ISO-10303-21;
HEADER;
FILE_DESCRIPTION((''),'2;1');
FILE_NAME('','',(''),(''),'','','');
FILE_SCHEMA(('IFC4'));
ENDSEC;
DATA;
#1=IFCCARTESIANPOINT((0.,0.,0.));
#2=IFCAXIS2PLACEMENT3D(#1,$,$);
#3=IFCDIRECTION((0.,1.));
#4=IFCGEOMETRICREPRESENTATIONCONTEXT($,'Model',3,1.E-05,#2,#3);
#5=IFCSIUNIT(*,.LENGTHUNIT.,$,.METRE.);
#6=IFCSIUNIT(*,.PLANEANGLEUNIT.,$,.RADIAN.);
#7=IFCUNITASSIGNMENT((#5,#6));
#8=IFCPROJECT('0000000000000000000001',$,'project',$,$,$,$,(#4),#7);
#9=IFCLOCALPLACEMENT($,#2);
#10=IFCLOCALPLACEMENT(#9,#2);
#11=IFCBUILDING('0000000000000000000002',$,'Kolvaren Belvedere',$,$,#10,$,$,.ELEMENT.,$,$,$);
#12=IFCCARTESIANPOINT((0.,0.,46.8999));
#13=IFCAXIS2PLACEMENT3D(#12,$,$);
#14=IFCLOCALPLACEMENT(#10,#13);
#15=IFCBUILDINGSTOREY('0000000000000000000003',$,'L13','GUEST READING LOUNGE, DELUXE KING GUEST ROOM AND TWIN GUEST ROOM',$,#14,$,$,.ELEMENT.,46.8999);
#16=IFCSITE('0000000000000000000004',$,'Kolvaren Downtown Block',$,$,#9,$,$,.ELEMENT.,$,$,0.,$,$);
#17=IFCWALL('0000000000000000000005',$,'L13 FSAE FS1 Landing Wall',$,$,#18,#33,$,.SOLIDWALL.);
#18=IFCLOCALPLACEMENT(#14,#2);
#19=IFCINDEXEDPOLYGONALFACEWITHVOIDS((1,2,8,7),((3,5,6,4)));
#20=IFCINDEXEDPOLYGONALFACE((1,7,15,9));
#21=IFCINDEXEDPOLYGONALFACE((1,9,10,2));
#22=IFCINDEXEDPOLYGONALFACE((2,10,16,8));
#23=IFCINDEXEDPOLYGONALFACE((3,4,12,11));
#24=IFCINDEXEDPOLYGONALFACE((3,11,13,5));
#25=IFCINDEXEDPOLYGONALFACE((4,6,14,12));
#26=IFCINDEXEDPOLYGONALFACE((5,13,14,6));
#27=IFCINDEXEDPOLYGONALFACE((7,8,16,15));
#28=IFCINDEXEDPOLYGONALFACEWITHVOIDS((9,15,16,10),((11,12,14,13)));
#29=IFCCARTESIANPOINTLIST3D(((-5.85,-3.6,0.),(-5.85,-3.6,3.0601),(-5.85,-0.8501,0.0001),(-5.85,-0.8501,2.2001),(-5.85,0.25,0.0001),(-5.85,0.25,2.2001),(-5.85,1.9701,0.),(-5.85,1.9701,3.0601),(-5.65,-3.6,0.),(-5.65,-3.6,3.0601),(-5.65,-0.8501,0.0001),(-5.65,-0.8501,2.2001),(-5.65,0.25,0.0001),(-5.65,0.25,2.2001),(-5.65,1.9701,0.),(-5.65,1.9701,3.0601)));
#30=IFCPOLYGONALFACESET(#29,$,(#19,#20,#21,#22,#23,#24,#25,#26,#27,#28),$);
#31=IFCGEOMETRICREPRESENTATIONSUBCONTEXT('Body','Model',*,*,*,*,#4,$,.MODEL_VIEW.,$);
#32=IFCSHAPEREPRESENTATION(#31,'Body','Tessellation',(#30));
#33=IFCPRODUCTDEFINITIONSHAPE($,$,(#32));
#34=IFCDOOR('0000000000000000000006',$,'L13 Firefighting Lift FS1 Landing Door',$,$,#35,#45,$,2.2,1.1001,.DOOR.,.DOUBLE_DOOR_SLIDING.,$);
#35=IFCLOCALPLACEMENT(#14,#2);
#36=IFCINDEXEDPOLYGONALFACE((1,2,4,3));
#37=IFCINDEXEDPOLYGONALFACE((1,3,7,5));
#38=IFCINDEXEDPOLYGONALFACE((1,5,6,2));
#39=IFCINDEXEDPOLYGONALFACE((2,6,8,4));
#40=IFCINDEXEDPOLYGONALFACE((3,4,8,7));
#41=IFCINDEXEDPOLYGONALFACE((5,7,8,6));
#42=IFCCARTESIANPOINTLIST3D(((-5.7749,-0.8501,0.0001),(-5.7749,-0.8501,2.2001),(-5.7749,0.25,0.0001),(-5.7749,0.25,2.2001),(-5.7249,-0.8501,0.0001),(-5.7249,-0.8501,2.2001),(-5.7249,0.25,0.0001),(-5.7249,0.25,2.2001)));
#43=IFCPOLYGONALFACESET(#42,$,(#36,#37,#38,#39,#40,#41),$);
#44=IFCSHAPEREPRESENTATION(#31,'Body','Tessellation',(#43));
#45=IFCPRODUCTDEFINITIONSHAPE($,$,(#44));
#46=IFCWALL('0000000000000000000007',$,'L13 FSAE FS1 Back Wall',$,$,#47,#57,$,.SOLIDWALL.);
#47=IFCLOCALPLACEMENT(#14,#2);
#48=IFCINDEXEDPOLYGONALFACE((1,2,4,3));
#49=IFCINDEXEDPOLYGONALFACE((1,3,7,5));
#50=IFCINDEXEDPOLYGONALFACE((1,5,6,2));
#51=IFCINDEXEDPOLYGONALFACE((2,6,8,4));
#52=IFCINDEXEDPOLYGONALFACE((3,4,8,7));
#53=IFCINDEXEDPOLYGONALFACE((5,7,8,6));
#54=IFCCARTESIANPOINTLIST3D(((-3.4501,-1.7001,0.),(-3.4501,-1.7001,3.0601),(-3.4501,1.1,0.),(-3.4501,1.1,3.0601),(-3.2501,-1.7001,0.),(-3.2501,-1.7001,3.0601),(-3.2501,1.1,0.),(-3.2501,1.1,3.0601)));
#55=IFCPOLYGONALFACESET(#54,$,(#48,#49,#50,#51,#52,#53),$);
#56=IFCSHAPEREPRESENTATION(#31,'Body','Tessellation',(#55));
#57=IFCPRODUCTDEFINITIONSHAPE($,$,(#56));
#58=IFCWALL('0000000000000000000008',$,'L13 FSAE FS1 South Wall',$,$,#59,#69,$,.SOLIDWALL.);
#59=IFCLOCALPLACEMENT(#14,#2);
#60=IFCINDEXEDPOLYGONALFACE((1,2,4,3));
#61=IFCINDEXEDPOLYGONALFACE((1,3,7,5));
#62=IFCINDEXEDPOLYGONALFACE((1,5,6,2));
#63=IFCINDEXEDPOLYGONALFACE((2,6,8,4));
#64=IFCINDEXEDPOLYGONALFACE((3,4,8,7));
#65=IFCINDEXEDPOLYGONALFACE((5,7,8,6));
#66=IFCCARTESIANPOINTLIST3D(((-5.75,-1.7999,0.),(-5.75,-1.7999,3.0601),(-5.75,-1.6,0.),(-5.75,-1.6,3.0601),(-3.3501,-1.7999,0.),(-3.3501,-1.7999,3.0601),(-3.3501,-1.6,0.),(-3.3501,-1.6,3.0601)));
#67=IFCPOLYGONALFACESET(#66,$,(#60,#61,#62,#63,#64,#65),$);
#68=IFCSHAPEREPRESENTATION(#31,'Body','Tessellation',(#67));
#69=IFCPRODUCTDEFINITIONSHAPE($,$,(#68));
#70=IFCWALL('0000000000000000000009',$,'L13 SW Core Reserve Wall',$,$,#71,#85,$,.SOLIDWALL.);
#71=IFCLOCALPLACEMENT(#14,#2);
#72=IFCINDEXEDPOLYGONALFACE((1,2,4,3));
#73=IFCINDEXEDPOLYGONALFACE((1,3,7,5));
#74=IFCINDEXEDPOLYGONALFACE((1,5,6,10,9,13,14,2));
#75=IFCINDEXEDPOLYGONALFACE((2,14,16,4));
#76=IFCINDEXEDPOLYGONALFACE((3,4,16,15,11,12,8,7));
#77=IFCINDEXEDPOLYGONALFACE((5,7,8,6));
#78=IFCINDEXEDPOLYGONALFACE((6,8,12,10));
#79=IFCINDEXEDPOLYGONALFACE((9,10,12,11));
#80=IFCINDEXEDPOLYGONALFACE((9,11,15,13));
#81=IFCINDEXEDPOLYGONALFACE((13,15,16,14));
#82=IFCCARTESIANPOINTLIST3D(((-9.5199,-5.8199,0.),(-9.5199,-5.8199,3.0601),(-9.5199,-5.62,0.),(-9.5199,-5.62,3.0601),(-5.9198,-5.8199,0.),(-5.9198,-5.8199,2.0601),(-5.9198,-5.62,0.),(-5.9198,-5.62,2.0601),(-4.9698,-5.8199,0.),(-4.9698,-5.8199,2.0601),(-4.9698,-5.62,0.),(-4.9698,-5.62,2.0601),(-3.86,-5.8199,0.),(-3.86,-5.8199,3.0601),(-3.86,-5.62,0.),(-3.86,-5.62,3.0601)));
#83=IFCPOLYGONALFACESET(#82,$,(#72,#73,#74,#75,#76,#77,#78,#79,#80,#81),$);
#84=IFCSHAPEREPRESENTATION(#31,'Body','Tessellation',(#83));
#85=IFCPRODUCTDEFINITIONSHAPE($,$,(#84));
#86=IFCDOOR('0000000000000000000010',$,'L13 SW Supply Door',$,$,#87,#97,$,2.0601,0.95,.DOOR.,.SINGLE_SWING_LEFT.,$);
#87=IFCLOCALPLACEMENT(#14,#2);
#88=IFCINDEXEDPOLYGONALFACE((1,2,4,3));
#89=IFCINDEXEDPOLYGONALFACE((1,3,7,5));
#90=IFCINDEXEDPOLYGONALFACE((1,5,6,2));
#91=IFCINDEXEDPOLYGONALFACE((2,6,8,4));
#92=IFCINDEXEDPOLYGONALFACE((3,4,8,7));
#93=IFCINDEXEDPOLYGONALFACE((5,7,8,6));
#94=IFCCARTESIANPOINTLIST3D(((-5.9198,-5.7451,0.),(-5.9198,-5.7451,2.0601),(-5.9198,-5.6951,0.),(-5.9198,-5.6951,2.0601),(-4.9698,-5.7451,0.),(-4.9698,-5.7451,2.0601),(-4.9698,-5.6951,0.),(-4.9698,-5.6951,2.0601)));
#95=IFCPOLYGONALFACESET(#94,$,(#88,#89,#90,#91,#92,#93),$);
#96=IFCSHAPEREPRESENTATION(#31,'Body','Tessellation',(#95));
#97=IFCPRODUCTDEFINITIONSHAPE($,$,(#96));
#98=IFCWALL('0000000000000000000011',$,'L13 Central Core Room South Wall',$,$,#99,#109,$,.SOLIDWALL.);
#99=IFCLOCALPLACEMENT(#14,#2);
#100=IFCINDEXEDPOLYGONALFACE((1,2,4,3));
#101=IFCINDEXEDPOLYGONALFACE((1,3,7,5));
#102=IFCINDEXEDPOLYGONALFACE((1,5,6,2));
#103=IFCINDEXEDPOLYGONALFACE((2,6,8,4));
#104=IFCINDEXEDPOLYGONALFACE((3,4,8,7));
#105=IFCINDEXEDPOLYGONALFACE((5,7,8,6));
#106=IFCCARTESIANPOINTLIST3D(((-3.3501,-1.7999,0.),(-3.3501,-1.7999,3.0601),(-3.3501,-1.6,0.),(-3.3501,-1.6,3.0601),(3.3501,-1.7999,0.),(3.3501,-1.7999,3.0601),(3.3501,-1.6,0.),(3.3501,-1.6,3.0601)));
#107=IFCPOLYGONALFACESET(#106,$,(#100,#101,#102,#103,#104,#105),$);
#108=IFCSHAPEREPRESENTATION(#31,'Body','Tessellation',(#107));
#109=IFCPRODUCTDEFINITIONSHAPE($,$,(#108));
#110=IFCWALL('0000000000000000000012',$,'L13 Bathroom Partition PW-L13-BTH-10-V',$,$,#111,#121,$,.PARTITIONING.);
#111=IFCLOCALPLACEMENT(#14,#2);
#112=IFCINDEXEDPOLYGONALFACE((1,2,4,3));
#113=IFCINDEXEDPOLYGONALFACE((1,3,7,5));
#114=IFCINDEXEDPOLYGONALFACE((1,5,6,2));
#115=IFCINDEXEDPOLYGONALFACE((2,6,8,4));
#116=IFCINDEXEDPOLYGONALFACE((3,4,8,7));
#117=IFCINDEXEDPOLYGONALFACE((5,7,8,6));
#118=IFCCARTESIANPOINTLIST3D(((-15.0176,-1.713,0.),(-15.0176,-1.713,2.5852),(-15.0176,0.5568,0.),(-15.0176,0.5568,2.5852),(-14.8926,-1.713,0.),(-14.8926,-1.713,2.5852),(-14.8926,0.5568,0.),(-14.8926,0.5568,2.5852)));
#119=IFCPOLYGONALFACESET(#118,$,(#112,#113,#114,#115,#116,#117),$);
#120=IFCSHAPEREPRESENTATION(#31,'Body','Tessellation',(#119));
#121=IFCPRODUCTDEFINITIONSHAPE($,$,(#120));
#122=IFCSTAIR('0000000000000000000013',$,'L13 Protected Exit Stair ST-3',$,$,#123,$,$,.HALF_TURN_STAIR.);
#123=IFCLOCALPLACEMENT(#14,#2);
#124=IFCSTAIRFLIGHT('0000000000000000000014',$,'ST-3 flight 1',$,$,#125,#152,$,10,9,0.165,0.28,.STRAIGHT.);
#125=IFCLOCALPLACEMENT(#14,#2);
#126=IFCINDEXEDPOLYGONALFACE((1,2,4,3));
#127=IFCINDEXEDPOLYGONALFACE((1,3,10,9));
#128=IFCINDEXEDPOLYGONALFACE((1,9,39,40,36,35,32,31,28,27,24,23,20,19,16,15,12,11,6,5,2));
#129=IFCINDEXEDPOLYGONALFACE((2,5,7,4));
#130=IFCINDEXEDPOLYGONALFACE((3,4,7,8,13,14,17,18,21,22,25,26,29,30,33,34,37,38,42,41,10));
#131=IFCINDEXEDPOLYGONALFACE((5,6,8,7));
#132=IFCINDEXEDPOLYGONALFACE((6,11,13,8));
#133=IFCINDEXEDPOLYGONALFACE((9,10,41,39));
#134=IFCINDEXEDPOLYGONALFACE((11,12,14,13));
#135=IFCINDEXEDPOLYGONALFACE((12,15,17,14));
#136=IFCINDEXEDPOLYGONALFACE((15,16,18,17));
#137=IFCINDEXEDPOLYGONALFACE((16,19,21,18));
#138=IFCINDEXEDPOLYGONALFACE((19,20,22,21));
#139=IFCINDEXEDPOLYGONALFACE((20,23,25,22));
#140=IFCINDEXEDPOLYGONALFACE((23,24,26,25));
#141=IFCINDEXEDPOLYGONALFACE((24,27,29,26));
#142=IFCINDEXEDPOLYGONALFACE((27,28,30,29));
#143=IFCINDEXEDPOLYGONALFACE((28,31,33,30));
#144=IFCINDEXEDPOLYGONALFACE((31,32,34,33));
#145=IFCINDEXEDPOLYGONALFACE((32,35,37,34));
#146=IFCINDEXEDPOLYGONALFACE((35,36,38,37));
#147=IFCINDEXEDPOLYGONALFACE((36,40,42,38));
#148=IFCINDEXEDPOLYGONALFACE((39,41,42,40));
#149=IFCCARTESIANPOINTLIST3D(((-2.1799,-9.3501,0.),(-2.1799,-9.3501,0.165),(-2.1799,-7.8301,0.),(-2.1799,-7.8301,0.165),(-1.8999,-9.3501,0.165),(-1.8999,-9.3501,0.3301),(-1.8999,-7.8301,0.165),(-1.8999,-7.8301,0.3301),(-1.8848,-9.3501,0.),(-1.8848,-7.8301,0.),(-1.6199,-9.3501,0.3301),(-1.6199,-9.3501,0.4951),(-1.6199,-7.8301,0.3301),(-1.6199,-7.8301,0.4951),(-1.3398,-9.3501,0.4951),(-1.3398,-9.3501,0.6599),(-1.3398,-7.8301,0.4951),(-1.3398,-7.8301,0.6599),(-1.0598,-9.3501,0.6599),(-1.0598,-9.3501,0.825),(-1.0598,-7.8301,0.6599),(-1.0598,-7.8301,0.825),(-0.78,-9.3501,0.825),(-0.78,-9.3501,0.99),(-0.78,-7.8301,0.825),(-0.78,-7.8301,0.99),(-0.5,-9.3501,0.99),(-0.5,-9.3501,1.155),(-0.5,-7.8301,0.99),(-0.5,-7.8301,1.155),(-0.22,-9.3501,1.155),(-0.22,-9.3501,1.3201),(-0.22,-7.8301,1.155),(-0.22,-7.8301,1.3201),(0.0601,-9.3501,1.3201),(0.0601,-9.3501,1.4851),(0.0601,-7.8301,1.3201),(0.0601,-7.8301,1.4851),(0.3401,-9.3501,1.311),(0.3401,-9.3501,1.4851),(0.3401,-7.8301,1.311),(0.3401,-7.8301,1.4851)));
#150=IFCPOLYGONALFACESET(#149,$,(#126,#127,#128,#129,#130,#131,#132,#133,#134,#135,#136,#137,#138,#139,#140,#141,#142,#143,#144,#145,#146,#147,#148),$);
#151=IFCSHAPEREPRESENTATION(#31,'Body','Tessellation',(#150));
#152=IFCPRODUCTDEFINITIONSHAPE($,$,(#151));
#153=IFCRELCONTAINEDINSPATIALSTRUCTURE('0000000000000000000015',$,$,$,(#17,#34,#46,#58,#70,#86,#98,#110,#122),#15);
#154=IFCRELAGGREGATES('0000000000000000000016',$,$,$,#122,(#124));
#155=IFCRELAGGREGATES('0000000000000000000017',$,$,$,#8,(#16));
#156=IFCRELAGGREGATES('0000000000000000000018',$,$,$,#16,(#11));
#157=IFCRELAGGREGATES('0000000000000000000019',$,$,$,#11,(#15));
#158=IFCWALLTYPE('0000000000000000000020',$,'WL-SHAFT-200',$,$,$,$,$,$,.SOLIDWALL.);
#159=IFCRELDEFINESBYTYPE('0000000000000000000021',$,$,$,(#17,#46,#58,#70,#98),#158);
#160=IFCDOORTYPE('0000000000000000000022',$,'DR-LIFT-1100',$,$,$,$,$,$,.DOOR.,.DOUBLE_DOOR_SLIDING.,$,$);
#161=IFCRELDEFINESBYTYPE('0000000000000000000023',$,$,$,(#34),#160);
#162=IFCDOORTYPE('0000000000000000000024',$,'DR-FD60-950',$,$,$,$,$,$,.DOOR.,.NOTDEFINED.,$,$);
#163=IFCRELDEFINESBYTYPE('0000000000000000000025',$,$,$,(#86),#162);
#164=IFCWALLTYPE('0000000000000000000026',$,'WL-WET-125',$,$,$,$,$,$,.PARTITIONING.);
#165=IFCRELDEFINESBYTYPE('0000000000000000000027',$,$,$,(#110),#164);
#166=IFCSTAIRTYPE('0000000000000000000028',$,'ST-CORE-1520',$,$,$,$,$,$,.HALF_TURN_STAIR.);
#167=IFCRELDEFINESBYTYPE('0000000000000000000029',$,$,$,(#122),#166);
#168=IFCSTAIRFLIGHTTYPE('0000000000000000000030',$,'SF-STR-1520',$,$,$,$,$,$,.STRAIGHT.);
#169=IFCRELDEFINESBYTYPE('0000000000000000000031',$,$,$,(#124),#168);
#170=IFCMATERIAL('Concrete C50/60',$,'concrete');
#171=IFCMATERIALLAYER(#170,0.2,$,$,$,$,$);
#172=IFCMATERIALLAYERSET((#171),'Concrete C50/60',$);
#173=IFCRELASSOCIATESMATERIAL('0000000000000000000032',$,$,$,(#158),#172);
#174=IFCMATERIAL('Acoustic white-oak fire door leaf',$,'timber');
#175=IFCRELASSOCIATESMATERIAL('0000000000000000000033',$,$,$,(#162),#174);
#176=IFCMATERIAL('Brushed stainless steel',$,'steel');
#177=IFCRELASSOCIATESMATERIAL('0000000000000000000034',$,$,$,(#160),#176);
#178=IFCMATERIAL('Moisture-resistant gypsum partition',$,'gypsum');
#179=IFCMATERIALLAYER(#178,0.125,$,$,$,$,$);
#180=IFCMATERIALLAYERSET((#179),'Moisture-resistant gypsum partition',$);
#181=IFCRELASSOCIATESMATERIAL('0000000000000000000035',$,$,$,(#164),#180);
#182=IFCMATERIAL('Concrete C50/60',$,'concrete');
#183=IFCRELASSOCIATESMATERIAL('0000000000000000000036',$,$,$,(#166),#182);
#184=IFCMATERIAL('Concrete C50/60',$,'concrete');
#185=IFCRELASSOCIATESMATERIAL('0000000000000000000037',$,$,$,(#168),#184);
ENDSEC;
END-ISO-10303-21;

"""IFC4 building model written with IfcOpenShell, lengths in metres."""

from ifc_helpers import new_model, si_unit, direction, frame, frame_2d, origin, place, context, subcontext, project, spatial, polyline, rectangle, outline, extrude, material, layer, layer_set, type_object, element, fill, aggregate, save


model = new_model("IFC4")

# Units and contexts
model_context = context("Model", 3, precision=1e-05, world=origin(), true_north=direction((0.0, 1.0)))
body_context = subcontext(model_context, "Body", "Model", "MODEL_VIEW")
ifc_project = project(units=[si_unit("LENGTHUNIT", "METRE"), si_unit("PLANEANGLEUNIT", "RADIAN")], contexts=[model_context])

# Site, building, storey
site_placement = place(None, origin())
site = spatial("IfcSite", under=ifc_project, at=site_placement, Name="Kolvaren Downtown Block", CompositionType="ELEMENT", RefElevation=0.0)
building_placement = place(site_placement, origin())
building = spatial("IfcBuilding", under=site, at=building_placement, Name="Kolvaren Belvedere", CompositionType="ELEMENT")
storey_placement = place(building_placement, frame((0.0, 0.0, 46.8999)))
storey = spatial("IfcBuildingStorey", under=building, at=storey_placement, Name="L13", Description="GUEST READING LOUNGE, DELUXE KING GUEST ROOM AND TWIN GUEST ROOM", CompositionType="ELEMENT", Elevation=46.8999)

# Wall, opening, door
ifc_material_1 = material(Name="Concrete C50/60", Category="concrete")
ifc_layer_1 = layer(ifc_material_1, 0.2)
ifc_layer_set_1 = layer_set([ifc_layer_1], Name="Concrete C50/60")
wall_type_1 = type_object("IfcWallType", Name="WL-SHAFT-200", PredefinedType="SOLIDWALL", material=ifc_layer_set_1)
ifc_material_2 = material(Name="Acoustic white-oak fire door leaf", Category="timber")
door_type_1 = type_object("IfcDoorType", Name="DR-FD60-950", OperationType="NOTDEFINED", PredefinedType="DOOR", material=ifc_material_2)
wall_1_placement = place(storey_placement, frame((-5.75, -3.6001, 0.0), z_axis=(0.0, 0.0, 1.0), x_axis=(0.0, 1.0, 0.0)))
wall_1 = element("IfcWall", 1, at=wall_1_placement, inside=storey, type_object=wall_type_1, Name="L13 FSAE FS1 Landing Wall", PredefinedType="SOLIDWALL", context=body_context, shape_type="SweptSolid", body=[
    extrude(rectangle(XDim=5.5701, YDim=0.2, at=frame_2d((2.7852, 0.0))), origin(), (0.0, 0.0, 1.0), 3.0601),
])
opening_1_placement = place(wall_1_placement, frame((2.75, 0.0, 0.0)))
opening_1 = element("IfcOpeningElement", 2, at=opening_1_placement, cuts=wall_1, PredefinedType="OPENING", context=body_context, shape_type="SweptSolid", body=[
    extrude(rectangle(XDim=1.1001, YDim=2.2, at=frame_2d((0.55, 1.1001))), frame((0.0, 0.1099, 0.0), z_axis=(0.0, -1.0, 0.0), x_axis=(1.0, 0.0, 0.0)), (0.0, 0.0, 1.0), 0.22),
])
ifc_material_3 = material(Name="Brushed stainless steel", Category="steel")
door_type_2 = type_object("IfcDoorType", Name="DR-LIFT-1100", OperationType="DOUBLE_DOOR_SLIDING", PredefinedType="DOOR", material=ifc_material_3)
door_1_placement = place(opening_1_placement, origin())
door_1 = element("IfcDoor", 3, at=door_1_placement, inside=storey, type_object=door_type_2, Name="L13 Firefighting Lift FS1 Landing Door", OperationType="DOUBLE_DOOR_SLIDING", OverallHeight=2.2, OverallWidth=1.1001, PredefinedType="DOOR", context=body_context, shape_type="SweptSolid", body=[
    extrude(rectangle(XDim=1.1001, YDim=2.2, at=frame_2d((0.55, 1.1001))), frame((0.0, 0.0249, 0.0), z_axis=(0.0, -1.0, 0.0), x_axis=(1.0, 0.0, 0.0)), (0.0, 0.0, 1.0), 0.05),
])
fill(opening_1, door_1)

# Walls
wall_2_placement = place(storey_placement, frame((-3.3501, -1.7, 0.0), z_axis=(0.0, 0.0, 1.0), x_axis=(0.0, 1.0, 0.0)))
element("IfcWall", 4, at=wall_2_placement, inside=storey, type_object=wall_type_1, Name="L13 FSAE FS1 Back Wall", PredefinedType="SOLIDWALL", context=body_context, shape_type="SweptSolid", body=[
    extrude(rectangle(XDim=2.8, YDim=0.2, at=frame_2d((1.3999, 0.0))), origin(), (0.0, 0.0, 1.0), 3.0601),
])
wall_3_placement = place(storey_placement, frame((-5.75, -1.7, 0.0), z_axis=(0.0, 0.0, 1.0), x_axis=(1.0, 0.0, 0.0)))
element("IfcWall", 5, at=wall_3_placement, inside=storey, type_object=wall_type_1, Name="L13 FSAE FS1 South Wall", PredefinedType="SOLIDWALL", context=body_context, shape_type="SweptSolid", body=[
    extrude(rectangle(XDim=2.3999, YDim=0.2, at=frame_2d((1.2, 0.0))), origin(), (0.0, 0.0, 1.0), 3.0601),
])

# Wall, opening, door
wall_4_placement = place(storey_placement, frame((-9.52, -5.72, 0.0), z_axis=(0.0, 0.0, 1.0), x_axis=(1.0, 0.0, 0.0)))
wall_4 = element("IfcWall", 6, at=wall_4_placement, inside=storey, type_object=wall_type_1, Name="L13 SW Core Reserve Wall", PredefinedType="SOLIDWALL", context=body_context, shape_type="SweptSolid", body=[
    extrude(rectangle(XDim=5.6599, YDim=0.2, at=frame_2d((2.8301, 0.0))), origin(), (0.0, 0.0, 1.0), 3.0601),
])
opening_2_placement = place(wall_4_placement, frame((3.6001, 0.0, 0.0)))
opening_2 = element("IfcOpeningElement", 7, at=opening_2_placement, cuts=wall_4, PredefinedType="OPENING", context=body_context, shape_type="SweptSolid", body=[
    extrude(rectangle(XDim=0.95, YDim=2.0601, at=frame_2d((0.4751, 1.03))), frame((0.0, 0.1099, 0.0), z_axis=(0.0, -1.0, 0.0), x_axis=(1.0, 0.0, 0.0)), (0.0, 0.0, 1.0), 0.22),
])
door_2_placement = place(opening_2_placement, origin())
door_2 = element("IfcDoor", 8, at=door_2_placement, inside=storey, type_object=door_type_1, Name="L13 SW Supply Door", OperationType="SINGLE_SWING_LEFT", OverallHeight=2.0601, OverallWidth=0.95, PredefinedType="DOOR", context=body_context, shape_type="SweptSolid", body=[
    extrude(rectangle(XDim=0.95, YDim=2.0601, at=frame_2d((0.4751, 1.03))), frame((0.0, 0.0249, 0.0), z_axis=(0.0, -1.0, 0.0), x_axis=(1.0, 0.0, 0.0)), (0.0, 0.0, 1.0), 0.05),
])
fill(opening_2, door_2)

# Walls
wall_5_placement = place(storey_placement, frame((-3.3501, -1.7, 0.0), z_axis=(0.0, 0.0, 1.0), x_axis=(1.0, 0.0, 0.0)))
element("IfcWall", 9, at=wall_5_placement, inside=storey, type_object=wall_type_1, Name="L13 Central Core Room South Wall", PredefinedType="SOLIDWALL", context=body_context, shape_type="SweptSolid", body=[
    extrude(rectangle(XDim=6.7002, YDim=0.2, at=frame_2d((3.3501, 0.0))), origin(), (0.0, 0.0, 1.0), 3.0601),
])
ifc_material_4 = material(Name="Moisture-resistant gypsum partition", Category="gypsum")
ifc_layer_2 = layer(ifc_material_4, 0.125)
ifc_layer_set_2 = layer_set([ifc_layer_2], Name="Moisture-resistant gypsum partition")
wall_type_2 = type_object("IfcWallType", Name="WL-WET-125", PredefinedType="PARTITIONING", material=ifc_layer_set_2)
wall_6_placement = place(storey_placement, frame((-14.9551, -1.7129, 0.0), z_axis=(0.0, 0.0, 1.0), x_axis=(0.0, 1.0, 0.0)))
element("IfcWall", 10, at=wall_6_placement, inside=storey, type_object=wall_type_2, Name="L13 Bathroom Partition PW-L13-BTH-10-V", PredefinedType="PARTITIONING", context=body_context, shape_type="SweptSolid", body=[
    extrude(rectangle(XDim=2.2698, YDim=0.125, at=frame_2d((1.1348, 0.0))), origin(), (0.0, 0.0, 1.0), 2.5852),
])

# Stair, stair flight
ifc_material_5 = material(Name="Concrete C50/60", Category="concrete")
stair_type = type_object("IfcStairType", Name="ST-CORE-1520", PredefinedType="HALF_TURN_STAIR", material=ifc_material_5)
stair_placement = place(storey_placement, origin())
stair = element("IfcStair", 11, at=stair_placement, inside=storey, type_object=stair_type, Name="L13 Protected Exit Stair ST-3", PredefinedType="HALF_TURN_STAIR")
ifc_material_6 = material(Name="Concrete C50/60", Category="concrete")
stair_flight_type = type_object("IfcStairFlightType", Name="SF-STR-1520", PredefinedType="STRAIGHT", material=ifc_material_6)
stair_flight_placement = place(storey_placement, frame((-2.1799, -8.5901, 0.0), z_axis=(0.0, 0.0, 1.0), x_axis=(1.0, 0.0, 0.0)))
stair_flight = element("IfcStairFlight", 12, at=stair_flight_placement, type_object=stair_flight_type, Name="ST-3 flight 1", NumberOfRisers=10, NumberOfTreads=9, PredefinedType="STRAIGHT", RiserHeight=0.165, TreadLength=0.28, context=body_context, shape_type="SweptSolid", body=[
    extrude(outline(polyline([(0.0, 0.0), (0.0, 0.165), (0.28, 0.165), (0.28, 0.3301), (0.5601, 0.3301), (0.5601, 0.4951), (0.8401, 0.4951), (0.8401, 0.6599), (1.1201, 0.6599), (1.1201, 0.825), (1.3999, 0.825), (1.3999, 0.99), (1.6799, 0.99), (1.6799, 1.155), (1.96, 1.155), (1.96, 1.3201), (2.24, 1.3201), (2.24, 1.4851), (2.52, 1.4851), (2.52, 1.6499), (2.52, 1.311), (0.2952, 0.0), (0.0, 0.0)])), frame((0.0, 0.76, 0.0), z_axis=(0.0, -1.0, 0.0), x_axis=(1.0, 0.0, 0.0)), (0.0, 0.0, 1.0), 1.52),
])
aggregate(stair, [stair_flight])

save(model, "model.ifc")
